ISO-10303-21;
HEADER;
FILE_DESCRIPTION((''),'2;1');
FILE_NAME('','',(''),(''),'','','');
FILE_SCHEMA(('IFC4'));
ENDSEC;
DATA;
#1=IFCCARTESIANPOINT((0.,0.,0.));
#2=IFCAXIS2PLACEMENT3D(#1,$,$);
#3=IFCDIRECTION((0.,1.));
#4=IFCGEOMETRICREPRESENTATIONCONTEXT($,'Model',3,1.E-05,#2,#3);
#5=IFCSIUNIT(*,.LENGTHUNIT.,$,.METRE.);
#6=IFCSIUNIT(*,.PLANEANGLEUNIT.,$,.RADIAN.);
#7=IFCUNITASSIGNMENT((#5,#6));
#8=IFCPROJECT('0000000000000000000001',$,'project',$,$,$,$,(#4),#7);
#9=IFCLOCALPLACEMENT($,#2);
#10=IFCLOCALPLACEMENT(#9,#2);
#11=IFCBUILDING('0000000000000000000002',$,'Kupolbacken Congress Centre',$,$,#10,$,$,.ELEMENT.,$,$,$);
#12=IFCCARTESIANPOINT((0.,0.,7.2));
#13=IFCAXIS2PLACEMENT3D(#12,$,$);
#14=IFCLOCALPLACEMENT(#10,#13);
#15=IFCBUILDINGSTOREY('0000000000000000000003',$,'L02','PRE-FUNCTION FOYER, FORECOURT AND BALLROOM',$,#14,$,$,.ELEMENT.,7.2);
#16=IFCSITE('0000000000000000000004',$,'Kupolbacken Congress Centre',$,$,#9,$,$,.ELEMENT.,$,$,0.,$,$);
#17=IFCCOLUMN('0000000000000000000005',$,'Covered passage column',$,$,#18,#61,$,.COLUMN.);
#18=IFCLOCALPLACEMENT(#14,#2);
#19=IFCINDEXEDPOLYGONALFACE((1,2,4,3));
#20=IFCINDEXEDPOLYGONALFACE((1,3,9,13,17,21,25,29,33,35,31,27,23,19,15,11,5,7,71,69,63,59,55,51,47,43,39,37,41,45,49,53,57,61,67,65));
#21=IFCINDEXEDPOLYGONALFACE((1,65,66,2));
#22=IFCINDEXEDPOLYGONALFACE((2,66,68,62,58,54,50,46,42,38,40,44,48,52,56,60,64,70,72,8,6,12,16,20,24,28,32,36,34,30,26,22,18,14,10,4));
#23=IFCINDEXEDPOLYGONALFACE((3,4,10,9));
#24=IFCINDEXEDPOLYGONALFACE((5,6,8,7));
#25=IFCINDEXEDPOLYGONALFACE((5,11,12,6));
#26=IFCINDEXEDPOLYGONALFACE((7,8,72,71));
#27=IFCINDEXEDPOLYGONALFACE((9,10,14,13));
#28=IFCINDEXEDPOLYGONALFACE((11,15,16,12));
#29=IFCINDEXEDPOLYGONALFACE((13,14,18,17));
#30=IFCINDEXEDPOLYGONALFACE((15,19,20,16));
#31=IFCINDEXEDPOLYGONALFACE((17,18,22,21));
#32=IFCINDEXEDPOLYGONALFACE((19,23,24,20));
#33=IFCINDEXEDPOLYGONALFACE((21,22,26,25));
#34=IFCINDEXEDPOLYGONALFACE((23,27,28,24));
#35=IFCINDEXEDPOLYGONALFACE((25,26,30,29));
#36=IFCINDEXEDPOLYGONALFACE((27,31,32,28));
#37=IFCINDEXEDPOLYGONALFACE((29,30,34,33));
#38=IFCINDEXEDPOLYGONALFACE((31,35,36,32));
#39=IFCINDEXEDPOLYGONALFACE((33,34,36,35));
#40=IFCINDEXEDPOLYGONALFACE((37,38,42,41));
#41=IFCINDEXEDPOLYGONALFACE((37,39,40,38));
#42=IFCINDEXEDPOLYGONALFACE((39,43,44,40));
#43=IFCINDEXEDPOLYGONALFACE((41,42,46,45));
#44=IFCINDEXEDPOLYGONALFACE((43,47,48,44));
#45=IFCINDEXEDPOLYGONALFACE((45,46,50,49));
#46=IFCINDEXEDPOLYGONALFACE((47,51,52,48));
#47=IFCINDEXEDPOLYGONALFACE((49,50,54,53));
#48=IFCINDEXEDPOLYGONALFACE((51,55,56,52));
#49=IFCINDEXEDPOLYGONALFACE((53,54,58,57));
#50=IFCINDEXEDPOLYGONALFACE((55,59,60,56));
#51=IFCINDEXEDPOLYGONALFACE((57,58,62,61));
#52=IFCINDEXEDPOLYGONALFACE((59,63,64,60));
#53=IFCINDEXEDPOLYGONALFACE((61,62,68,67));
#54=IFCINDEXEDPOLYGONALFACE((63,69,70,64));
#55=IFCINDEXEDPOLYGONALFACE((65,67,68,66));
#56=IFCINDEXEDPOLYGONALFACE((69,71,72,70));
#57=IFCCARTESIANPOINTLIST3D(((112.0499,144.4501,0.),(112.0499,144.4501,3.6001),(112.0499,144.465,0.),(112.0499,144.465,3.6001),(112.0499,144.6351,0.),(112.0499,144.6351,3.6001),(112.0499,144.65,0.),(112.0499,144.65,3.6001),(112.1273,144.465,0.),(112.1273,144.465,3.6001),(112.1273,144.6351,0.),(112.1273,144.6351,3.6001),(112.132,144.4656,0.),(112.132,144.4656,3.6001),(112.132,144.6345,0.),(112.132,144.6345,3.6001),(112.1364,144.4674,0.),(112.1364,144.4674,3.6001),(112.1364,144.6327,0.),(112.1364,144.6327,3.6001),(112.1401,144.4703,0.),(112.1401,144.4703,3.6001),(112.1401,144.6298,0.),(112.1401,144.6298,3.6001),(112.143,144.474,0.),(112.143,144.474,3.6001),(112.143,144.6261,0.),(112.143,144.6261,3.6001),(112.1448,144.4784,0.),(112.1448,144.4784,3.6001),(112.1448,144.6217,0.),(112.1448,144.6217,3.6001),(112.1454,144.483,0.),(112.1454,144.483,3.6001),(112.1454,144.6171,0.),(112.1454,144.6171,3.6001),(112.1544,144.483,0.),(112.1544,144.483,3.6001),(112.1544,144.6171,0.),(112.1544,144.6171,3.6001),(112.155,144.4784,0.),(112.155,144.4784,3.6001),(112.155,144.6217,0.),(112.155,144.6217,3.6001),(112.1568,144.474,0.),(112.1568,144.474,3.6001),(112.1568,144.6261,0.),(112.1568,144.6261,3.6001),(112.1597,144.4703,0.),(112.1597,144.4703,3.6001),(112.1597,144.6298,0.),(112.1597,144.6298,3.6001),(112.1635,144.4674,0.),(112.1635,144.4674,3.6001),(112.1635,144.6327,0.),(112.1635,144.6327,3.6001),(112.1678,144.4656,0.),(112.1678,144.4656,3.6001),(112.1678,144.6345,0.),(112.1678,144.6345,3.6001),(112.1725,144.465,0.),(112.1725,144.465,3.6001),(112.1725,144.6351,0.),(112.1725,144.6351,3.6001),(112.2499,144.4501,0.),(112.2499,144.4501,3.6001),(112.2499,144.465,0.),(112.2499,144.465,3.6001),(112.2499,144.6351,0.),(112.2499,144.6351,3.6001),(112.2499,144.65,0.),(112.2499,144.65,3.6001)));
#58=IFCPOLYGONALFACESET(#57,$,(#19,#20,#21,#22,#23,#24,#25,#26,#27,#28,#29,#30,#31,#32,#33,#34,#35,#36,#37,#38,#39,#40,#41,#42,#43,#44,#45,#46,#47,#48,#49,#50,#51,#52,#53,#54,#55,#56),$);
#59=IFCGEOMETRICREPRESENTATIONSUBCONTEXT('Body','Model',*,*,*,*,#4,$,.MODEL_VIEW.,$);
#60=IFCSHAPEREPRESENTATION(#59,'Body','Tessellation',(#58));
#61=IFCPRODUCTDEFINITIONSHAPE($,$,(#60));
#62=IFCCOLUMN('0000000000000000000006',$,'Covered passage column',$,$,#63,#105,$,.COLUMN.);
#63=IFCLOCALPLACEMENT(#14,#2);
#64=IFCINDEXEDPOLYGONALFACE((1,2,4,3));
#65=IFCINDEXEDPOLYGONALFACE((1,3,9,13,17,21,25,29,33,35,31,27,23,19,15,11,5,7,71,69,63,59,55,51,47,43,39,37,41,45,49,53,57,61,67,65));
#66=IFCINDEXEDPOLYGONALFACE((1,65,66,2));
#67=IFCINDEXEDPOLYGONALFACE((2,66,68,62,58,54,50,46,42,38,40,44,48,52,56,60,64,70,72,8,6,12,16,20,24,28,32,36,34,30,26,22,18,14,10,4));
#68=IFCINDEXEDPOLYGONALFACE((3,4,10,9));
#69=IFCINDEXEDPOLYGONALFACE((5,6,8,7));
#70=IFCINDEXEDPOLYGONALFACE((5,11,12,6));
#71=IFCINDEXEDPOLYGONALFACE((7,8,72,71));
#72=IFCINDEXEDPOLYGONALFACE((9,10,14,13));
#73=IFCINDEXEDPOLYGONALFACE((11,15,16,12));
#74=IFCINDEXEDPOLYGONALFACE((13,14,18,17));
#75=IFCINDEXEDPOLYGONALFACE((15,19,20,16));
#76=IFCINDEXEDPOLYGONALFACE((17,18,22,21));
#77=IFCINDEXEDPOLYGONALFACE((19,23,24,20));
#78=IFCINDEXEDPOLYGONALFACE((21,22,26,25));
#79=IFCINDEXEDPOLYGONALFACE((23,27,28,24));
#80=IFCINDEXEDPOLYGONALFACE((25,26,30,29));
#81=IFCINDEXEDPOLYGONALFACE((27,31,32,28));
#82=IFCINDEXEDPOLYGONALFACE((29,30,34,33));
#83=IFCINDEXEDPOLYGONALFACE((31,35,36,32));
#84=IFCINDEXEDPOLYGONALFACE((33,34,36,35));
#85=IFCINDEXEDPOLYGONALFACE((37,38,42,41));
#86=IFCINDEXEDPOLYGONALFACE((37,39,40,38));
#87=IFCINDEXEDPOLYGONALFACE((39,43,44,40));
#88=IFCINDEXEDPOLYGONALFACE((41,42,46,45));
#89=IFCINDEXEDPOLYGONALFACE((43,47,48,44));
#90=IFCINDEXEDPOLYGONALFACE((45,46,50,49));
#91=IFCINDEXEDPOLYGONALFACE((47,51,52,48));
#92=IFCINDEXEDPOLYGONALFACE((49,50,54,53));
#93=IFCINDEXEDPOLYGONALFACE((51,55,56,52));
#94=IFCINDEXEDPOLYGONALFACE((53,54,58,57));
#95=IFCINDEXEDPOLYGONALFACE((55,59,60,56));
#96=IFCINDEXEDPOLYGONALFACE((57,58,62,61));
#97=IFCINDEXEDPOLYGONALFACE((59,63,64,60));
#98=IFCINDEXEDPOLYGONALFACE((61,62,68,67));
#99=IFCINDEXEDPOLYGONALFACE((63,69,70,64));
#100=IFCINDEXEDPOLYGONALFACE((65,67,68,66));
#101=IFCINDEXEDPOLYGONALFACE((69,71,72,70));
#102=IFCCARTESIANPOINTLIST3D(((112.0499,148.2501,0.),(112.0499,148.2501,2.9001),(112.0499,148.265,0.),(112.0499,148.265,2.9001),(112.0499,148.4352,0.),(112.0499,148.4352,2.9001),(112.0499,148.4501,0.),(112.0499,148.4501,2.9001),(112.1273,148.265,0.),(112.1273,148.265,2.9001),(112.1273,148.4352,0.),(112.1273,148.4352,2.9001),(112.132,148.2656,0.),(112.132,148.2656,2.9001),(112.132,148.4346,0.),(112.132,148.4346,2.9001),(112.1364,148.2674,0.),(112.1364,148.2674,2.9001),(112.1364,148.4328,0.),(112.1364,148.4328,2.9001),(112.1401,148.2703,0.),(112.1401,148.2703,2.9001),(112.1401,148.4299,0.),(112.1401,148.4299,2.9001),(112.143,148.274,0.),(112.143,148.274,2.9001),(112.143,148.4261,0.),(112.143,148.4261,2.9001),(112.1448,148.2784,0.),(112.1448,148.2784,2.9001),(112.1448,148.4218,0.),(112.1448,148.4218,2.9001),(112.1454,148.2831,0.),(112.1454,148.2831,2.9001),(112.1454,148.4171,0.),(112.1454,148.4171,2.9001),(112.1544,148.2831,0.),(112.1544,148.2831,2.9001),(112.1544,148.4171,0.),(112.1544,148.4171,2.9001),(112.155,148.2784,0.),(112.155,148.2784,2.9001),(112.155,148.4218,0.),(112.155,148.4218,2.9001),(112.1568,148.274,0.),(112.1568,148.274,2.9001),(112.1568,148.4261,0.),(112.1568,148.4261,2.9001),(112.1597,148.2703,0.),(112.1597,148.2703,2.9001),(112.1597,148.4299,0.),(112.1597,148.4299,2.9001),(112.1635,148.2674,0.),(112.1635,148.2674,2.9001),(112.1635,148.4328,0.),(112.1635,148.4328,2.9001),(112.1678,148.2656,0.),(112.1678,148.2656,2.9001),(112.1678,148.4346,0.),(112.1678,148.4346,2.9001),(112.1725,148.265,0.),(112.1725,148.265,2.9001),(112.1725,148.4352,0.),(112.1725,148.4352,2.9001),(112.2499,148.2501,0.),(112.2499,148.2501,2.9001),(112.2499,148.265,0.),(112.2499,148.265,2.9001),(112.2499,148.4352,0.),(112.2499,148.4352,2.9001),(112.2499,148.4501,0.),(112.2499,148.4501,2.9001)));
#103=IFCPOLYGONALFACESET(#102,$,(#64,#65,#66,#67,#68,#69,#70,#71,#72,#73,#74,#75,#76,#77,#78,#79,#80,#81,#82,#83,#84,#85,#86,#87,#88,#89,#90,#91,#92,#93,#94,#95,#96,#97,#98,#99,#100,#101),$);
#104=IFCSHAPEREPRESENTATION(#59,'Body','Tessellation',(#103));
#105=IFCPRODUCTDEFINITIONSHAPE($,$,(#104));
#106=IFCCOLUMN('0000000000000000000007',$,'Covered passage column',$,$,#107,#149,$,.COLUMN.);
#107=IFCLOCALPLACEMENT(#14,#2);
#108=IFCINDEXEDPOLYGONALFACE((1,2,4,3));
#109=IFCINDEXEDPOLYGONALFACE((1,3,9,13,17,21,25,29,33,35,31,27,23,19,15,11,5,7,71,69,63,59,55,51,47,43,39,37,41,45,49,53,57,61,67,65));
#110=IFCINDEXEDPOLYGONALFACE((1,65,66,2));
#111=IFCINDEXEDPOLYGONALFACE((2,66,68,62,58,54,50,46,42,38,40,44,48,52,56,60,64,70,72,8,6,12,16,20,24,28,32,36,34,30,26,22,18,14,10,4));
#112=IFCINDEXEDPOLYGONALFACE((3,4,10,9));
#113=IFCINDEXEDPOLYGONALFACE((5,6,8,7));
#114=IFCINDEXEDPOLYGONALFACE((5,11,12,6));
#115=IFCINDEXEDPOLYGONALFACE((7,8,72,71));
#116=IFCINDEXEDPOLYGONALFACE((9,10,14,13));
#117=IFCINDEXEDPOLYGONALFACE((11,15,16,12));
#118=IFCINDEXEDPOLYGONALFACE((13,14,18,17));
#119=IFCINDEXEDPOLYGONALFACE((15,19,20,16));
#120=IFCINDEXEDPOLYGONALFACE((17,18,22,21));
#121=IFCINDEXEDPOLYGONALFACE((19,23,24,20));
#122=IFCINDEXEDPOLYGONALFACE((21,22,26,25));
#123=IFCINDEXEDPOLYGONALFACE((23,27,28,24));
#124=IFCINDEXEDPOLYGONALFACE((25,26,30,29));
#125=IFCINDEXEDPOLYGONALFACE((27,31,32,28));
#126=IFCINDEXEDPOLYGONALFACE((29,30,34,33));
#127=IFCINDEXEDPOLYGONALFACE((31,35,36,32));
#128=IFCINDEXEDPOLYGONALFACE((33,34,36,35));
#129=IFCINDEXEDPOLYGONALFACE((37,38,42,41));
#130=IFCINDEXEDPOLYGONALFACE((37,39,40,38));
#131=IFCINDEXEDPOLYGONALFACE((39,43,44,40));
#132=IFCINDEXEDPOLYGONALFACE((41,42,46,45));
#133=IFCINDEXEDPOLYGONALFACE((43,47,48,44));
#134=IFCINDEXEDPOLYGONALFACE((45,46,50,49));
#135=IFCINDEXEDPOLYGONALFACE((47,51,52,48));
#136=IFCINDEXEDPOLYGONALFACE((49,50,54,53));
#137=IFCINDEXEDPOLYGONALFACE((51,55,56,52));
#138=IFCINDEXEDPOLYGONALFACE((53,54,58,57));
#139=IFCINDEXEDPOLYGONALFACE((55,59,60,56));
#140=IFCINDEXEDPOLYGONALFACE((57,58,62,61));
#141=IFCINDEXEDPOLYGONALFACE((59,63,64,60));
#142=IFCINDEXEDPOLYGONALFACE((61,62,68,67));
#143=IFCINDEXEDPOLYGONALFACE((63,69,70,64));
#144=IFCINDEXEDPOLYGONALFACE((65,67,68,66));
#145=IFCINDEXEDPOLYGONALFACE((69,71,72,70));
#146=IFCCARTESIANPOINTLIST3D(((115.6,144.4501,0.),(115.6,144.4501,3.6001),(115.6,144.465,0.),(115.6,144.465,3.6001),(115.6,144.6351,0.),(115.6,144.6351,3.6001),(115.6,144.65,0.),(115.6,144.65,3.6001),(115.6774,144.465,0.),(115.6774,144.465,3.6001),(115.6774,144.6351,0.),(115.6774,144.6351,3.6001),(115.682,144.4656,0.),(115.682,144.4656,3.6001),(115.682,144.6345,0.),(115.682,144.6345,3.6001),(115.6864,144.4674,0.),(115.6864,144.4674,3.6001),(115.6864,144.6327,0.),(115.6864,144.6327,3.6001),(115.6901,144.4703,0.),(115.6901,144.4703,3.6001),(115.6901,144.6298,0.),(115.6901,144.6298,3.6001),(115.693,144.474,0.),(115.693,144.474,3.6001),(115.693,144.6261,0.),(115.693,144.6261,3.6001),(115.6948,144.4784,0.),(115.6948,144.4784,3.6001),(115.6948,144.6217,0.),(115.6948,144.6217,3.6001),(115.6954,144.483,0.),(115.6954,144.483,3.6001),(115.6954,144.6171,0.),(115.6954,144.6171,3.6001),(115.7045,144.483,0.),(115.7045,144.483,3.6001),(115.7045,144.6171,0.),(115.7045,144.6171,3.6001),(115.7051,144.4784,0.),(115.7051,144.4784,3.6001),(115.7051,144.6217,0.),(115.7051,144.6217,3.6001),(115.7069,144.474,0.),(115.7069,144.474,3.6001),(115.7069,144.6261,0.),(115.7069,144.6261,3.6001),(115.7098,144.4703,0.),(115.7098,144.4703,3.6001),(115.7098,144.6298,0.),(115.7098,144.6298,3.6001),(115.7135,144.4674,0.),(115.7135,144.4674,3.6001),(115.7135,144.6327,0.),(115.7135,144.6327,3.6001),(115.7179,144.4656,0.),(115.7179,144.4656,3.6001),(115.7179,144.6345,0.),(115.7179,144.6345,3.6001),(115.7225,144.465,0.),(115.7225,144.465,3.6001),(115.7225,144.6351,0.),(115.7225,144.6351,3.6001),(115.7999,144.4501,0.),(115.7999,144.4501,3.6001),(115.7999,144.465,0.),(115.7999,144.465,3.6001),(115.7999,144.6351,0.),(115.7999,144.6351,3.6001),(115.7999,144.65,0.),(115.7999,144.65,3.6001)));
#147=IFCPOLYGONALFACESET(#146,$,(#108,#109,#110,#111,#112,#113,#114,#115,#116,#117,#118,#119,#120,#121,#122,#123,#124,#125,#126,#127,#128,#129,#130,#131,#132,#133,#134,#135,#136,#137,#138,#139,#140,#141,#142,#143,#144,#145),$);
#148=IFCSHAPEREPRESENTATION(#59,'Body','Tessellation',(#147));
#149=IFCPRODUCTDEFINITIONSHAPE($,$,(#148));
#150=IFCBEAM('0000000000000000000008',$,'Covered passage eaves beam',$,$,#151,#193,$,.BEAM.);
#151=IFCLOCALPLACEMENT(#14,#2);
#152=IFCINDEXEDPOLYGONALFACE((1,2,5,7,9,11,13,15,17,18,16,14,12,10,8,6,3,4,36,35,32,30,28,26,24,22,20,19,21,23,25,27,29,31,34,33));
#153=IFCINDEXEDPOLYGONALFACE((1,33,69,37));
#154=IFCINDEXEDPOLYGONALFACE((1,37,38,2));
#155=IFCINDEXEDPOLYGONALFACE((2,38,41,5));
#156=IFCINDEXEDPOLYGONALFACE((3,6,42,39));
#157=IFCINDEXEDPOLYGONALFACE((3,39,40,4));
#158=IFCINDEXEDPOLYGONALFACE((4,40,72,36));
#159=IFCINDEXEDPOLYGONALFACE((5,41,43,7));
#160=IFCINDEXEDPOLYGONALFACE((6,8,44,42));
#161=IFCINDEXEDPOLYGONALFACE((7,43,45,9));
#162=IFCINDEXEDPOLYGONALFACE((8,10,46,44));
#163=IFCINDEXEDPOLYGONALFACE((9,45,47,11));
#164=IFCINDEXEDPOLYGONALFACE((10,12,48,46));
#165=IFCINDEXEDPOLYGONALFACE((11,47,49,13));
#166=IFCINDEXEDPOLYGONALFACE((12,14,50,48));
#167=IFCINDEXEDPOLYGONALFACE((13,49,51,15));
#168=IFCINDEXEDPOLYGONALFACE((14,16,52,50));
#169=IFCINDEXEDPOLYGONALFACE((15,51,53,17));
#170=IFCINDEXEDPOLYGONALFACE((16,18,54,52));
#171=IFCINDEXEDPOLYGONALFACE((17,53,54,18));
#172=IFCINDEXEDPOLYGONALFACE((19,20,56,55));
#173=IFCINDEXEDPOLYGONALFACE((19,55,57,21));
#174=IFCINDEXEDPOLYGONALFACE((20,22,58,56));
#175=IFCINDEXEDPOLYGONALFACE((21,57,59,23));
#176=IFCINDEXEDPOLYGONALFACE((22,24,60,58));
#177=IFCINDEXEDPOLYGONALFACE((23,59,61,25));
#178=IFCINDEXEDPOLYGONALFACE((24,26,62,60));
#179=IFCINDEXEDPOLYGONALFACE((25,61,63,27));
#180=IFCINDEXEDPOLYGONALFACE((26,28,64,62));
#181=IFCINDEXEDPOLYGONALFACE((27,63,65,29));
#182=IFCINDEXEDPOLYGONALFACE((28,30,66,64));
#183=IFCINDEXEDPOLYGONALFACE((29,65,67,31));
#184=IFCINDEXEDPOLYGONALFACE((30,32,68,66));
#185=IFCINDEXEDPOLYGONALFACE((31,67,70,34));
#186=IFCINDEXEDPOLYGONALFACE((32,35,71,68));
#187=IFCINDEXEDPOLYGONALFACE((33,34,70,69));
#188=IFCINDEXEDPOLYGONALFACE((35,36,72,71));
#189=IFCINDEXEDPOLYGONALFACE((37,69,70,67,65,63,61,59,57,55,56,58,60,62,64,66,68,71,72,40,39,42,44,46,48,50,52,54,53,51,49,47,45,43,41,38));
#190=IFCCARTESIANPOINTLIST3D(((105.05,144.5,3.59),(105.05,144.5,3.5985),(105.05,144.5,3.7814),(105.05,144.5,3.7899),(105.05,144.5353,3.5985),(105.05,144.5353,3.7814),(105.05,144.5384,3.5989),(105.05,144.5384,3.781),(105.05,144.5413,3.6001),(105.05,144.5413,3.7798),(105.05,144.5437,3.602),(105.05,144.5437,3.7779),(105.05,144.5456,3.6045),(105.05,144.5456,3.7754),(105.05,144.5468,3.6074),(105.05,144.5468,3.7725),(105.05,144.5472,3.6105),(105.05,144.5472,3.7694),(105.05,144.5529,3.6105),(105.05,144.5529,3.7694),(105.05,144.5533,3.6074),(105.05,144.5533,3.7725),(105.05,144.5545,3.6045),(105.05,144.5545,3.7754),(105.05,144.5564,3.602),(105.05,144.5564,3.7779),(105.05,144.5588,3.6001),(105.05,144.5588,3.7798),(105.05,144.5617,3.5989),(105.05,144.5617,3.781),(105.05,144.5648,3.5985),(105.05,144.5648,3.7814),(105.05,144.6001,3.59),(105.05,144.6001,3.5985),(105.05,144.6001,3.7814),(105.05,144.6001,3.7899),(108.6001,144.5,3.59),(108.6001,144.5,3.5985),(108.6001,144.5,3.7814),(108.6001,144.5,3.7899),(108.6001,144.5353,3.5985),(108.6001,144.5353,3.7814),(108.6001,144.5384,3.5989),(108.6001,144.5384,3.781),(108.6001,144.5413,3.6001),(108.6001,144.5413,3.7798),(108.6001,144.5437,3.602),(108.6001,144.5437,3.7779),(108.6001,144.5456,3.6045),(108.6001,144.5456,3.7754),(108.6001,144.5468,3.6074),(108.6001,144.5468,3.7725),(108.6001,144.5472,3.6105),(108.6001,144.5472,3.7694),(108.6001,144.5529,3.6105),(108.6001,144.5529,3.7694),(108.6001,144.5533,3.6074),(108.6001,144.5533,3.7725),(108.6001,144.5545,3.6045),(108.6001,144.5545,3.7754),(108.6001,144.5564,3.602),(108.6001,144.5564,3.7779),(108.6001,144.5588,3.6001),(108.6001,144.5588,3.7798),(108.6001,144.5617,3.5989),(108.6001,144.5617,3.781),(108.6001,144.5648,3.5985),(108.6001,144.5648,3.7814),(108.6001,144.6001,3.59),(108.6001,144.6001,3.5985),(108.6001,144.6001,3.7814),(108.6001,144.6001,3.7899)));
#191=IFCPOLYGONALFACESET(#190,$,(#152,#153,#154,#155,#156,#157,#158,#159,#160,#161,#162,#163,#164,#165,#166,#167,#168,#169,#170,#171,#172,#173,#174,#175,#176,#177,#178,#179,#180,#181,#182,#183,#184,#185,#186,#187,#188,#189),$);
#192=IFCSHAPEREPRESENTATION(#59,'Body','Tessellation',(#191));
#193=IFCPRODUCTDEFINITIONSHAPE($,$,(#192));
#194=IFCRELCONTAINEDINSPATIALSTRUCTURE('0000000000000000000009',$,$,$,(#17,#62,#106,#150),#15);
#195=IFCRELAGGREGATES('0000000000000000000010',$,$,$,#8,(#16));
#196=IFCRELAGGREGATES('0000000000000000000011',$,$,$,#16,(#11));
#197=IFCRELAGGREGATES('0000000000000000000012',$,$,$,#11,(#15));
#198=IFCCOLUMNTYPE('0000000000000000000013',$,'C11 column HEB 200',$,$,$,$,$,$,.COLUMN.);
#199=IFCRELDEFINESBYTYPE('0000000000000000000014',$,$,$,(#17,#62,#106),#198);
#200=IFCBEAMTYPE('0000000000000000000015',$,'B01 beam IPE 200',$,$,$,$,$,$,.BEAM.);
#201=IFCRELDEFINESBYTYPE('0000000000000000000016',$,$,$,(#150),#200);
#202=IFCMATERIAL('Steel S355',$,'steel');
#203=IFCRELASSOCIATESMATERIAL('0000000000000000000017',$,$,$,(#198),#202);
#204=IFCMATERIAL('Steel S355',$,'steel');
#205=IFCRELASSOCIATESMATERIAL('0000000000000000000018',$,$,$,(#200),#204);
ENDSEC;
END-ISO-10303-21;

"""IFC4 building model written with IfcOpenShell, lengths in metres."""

from ifc_helpers import new_model, si_unit, direction, frame, origin, origin_2d, place, context, subcontext, project, spatial, i_section, extrude, material, material_profile, profile_set, type_object, element, save


model = new_model("IFC4")

# Units and contexts
model_context = context("Model", 3, precision=1e-05, world=origin(), true_north=direction((0.0, 1.0)))
body_context = subcontext(model_context, "Body", "Model", "MODEL_VIEW")
ifc_project = project(units=[si_unit("LENGTHUNIT", "METRE"), si_unit("PLANEANGLEUNIT", "RADIAN")], contexts=[model_context])

# Site, building, storey
site_placement = place(None, origin())
site = spatial("IfcSite", under=ifc_project, at=site_placement, Name="Kupolbacken Congress Centre", CompositionType="ELEMENT", RefElevation=0.0)
building_placement = place(site_placement, origin())
building = spatial("IfcBuilding", under=site, at=building_placement, Name="Kupolbacken Congress Centre", CompositionType="ELEMENT")
storey_placement = place(building_placement, frame((0.0, 0.0, 7.2)))
storey = spatial("IfcBuildingStorey", under=building, at=storey_placement, Name="L02", Description="PRE-FUNCTION FOYER, FORECOURT AND BALLROOM", CompositionType="ELEMENT", Elevation=7.2)

# Columns
ifc_material_1 = material(Name="Steel S355", Category="steel")
ifc_material_profile_1 = material_profile(ifc_material_1, i_section(OverallWidth=0.2, OverallDepth=0.2, WebThickness=0.009, FlangeThickness=0.0149, FilletRadius=0.0181, at=origin_2d()), Name="HEB 200")
ifc_profile_set_1 = profile_set([ifc_material_profile_1], Name="Steel S355")
column_type = type_object("IfcColumnType", Name="C11 column HEB 200", PredefinedType="COLUMN", material=ifc_profile_set_1)
column_1_placement = place(storey_placement, frame((112.1499, 144.55, 0.0), z_axis=(0.0, 0.0, 1.0), x_axis=(1.0, 0.0, 0.0)))
element("IfcColumn", 1, at=column_1_placement, inside=storey, type_object=column_type, Name="Covered passage column", PredefinedType="COLUMN", context=body_context, shape_type="SweptSolid", body=[
    extrude(i_section(OverallWidth=0.2, OverallDepth=0.2, WebThickness=0.009, FlangeThickness=0.0149, FilletRadius=0.0181, at=origin_2d()), origin(), (0.0, 0.0, 1.0), 3.6001),
])
column_2_placement = place(storey_placement, frame((112.1499, 148.3501, 0.0), z_axis=(0.0, 0.0, 1.0), x_axis=(1.0, 0.0, 0.0)))
element("IfcColumn", 2, at=column_2_placement, inside=storey, type_object=column_type, Name="Covered passage column", PredefinedType="COLUMN", context=body_context, shape_type="SweptSolid", body=[
    extrude(i_section(OverallWidth=0.2, OverallDepth=0.2, WebThickness=0.009, FlangeThickness=0.0149, FilletRadius=0.0181, at=origin_2d()), origin(), (0.0, 0.0, 1.0), 2.9001),
])
column_3_placement = place(storey_placement, frame((115.7, 144.55, 0.0), z_axis=(0.0, 0.0, 1.0), x_axis=(1.0, 0.0, 0.0)))
element("IfcColumn", 3, at=column_3_placement, inside=storey, type_object=column_type, Name="Covered passage column", PredefinedType="COLUMN", context=body_context, shape_type="SweptSolid", body=[
    extrude(i_section(OverallWidth=0.2, OverallDepth=0.2, WebThickness=0.009, FlangeThickness=0.0149, FilletRadius=0.0181, at=origin_2d()), origin(), (0.0, 0.0, 1.0), 3.6001),
])

# Beam
ifc_material_2 = material(Name="Steel S355", Category="steel")
ifc_material_profile_2 = material_profile(ifc_material_2, i_section(OverallWidth=0.1001, OverallDepth=0.2, WebThickness=0.0056, FlangeThickness=0.0085, FilletRadius=0.012, at=origin_2d()), Name="IPE 200")
ifc_profile_set_2 = profile_set([ifc_material_profile_2], Name="Steel S355")
beam_type_1 = type_object("IfcBeamType", Name="B01 beam IPE 200", PredefinedType="BEAM", material=ifc_profile_set_2)
for number, where, z_axis, x_axis, name in (
    (4, (105.05, 144.55, 3.6899), (1.0, 0.0, 0.0), (0.0, 1.0, 0.0), "Covered passage eaves beam"),
):
    element("IfcBeam", number, at=place(storey_placement, frame(where, z_axis=z_axis, x_axis=x_axis)), inside=storey, type_object=beam_type_1, Name=name, PredefinedType="BEAM", context=body_context, shape_type="SweptSolid", body=[
        extrude(i_section(OverallWidth=0.1001, OverallDepth=0.2, WebThickness=0.0056, FlangeThickness=0.0085, FilletRadius=0.012, at=origin_2d()), origin(), (0.0, 0.0, 1.0), 3.55),
    ])

save(model, "model.ifc")
